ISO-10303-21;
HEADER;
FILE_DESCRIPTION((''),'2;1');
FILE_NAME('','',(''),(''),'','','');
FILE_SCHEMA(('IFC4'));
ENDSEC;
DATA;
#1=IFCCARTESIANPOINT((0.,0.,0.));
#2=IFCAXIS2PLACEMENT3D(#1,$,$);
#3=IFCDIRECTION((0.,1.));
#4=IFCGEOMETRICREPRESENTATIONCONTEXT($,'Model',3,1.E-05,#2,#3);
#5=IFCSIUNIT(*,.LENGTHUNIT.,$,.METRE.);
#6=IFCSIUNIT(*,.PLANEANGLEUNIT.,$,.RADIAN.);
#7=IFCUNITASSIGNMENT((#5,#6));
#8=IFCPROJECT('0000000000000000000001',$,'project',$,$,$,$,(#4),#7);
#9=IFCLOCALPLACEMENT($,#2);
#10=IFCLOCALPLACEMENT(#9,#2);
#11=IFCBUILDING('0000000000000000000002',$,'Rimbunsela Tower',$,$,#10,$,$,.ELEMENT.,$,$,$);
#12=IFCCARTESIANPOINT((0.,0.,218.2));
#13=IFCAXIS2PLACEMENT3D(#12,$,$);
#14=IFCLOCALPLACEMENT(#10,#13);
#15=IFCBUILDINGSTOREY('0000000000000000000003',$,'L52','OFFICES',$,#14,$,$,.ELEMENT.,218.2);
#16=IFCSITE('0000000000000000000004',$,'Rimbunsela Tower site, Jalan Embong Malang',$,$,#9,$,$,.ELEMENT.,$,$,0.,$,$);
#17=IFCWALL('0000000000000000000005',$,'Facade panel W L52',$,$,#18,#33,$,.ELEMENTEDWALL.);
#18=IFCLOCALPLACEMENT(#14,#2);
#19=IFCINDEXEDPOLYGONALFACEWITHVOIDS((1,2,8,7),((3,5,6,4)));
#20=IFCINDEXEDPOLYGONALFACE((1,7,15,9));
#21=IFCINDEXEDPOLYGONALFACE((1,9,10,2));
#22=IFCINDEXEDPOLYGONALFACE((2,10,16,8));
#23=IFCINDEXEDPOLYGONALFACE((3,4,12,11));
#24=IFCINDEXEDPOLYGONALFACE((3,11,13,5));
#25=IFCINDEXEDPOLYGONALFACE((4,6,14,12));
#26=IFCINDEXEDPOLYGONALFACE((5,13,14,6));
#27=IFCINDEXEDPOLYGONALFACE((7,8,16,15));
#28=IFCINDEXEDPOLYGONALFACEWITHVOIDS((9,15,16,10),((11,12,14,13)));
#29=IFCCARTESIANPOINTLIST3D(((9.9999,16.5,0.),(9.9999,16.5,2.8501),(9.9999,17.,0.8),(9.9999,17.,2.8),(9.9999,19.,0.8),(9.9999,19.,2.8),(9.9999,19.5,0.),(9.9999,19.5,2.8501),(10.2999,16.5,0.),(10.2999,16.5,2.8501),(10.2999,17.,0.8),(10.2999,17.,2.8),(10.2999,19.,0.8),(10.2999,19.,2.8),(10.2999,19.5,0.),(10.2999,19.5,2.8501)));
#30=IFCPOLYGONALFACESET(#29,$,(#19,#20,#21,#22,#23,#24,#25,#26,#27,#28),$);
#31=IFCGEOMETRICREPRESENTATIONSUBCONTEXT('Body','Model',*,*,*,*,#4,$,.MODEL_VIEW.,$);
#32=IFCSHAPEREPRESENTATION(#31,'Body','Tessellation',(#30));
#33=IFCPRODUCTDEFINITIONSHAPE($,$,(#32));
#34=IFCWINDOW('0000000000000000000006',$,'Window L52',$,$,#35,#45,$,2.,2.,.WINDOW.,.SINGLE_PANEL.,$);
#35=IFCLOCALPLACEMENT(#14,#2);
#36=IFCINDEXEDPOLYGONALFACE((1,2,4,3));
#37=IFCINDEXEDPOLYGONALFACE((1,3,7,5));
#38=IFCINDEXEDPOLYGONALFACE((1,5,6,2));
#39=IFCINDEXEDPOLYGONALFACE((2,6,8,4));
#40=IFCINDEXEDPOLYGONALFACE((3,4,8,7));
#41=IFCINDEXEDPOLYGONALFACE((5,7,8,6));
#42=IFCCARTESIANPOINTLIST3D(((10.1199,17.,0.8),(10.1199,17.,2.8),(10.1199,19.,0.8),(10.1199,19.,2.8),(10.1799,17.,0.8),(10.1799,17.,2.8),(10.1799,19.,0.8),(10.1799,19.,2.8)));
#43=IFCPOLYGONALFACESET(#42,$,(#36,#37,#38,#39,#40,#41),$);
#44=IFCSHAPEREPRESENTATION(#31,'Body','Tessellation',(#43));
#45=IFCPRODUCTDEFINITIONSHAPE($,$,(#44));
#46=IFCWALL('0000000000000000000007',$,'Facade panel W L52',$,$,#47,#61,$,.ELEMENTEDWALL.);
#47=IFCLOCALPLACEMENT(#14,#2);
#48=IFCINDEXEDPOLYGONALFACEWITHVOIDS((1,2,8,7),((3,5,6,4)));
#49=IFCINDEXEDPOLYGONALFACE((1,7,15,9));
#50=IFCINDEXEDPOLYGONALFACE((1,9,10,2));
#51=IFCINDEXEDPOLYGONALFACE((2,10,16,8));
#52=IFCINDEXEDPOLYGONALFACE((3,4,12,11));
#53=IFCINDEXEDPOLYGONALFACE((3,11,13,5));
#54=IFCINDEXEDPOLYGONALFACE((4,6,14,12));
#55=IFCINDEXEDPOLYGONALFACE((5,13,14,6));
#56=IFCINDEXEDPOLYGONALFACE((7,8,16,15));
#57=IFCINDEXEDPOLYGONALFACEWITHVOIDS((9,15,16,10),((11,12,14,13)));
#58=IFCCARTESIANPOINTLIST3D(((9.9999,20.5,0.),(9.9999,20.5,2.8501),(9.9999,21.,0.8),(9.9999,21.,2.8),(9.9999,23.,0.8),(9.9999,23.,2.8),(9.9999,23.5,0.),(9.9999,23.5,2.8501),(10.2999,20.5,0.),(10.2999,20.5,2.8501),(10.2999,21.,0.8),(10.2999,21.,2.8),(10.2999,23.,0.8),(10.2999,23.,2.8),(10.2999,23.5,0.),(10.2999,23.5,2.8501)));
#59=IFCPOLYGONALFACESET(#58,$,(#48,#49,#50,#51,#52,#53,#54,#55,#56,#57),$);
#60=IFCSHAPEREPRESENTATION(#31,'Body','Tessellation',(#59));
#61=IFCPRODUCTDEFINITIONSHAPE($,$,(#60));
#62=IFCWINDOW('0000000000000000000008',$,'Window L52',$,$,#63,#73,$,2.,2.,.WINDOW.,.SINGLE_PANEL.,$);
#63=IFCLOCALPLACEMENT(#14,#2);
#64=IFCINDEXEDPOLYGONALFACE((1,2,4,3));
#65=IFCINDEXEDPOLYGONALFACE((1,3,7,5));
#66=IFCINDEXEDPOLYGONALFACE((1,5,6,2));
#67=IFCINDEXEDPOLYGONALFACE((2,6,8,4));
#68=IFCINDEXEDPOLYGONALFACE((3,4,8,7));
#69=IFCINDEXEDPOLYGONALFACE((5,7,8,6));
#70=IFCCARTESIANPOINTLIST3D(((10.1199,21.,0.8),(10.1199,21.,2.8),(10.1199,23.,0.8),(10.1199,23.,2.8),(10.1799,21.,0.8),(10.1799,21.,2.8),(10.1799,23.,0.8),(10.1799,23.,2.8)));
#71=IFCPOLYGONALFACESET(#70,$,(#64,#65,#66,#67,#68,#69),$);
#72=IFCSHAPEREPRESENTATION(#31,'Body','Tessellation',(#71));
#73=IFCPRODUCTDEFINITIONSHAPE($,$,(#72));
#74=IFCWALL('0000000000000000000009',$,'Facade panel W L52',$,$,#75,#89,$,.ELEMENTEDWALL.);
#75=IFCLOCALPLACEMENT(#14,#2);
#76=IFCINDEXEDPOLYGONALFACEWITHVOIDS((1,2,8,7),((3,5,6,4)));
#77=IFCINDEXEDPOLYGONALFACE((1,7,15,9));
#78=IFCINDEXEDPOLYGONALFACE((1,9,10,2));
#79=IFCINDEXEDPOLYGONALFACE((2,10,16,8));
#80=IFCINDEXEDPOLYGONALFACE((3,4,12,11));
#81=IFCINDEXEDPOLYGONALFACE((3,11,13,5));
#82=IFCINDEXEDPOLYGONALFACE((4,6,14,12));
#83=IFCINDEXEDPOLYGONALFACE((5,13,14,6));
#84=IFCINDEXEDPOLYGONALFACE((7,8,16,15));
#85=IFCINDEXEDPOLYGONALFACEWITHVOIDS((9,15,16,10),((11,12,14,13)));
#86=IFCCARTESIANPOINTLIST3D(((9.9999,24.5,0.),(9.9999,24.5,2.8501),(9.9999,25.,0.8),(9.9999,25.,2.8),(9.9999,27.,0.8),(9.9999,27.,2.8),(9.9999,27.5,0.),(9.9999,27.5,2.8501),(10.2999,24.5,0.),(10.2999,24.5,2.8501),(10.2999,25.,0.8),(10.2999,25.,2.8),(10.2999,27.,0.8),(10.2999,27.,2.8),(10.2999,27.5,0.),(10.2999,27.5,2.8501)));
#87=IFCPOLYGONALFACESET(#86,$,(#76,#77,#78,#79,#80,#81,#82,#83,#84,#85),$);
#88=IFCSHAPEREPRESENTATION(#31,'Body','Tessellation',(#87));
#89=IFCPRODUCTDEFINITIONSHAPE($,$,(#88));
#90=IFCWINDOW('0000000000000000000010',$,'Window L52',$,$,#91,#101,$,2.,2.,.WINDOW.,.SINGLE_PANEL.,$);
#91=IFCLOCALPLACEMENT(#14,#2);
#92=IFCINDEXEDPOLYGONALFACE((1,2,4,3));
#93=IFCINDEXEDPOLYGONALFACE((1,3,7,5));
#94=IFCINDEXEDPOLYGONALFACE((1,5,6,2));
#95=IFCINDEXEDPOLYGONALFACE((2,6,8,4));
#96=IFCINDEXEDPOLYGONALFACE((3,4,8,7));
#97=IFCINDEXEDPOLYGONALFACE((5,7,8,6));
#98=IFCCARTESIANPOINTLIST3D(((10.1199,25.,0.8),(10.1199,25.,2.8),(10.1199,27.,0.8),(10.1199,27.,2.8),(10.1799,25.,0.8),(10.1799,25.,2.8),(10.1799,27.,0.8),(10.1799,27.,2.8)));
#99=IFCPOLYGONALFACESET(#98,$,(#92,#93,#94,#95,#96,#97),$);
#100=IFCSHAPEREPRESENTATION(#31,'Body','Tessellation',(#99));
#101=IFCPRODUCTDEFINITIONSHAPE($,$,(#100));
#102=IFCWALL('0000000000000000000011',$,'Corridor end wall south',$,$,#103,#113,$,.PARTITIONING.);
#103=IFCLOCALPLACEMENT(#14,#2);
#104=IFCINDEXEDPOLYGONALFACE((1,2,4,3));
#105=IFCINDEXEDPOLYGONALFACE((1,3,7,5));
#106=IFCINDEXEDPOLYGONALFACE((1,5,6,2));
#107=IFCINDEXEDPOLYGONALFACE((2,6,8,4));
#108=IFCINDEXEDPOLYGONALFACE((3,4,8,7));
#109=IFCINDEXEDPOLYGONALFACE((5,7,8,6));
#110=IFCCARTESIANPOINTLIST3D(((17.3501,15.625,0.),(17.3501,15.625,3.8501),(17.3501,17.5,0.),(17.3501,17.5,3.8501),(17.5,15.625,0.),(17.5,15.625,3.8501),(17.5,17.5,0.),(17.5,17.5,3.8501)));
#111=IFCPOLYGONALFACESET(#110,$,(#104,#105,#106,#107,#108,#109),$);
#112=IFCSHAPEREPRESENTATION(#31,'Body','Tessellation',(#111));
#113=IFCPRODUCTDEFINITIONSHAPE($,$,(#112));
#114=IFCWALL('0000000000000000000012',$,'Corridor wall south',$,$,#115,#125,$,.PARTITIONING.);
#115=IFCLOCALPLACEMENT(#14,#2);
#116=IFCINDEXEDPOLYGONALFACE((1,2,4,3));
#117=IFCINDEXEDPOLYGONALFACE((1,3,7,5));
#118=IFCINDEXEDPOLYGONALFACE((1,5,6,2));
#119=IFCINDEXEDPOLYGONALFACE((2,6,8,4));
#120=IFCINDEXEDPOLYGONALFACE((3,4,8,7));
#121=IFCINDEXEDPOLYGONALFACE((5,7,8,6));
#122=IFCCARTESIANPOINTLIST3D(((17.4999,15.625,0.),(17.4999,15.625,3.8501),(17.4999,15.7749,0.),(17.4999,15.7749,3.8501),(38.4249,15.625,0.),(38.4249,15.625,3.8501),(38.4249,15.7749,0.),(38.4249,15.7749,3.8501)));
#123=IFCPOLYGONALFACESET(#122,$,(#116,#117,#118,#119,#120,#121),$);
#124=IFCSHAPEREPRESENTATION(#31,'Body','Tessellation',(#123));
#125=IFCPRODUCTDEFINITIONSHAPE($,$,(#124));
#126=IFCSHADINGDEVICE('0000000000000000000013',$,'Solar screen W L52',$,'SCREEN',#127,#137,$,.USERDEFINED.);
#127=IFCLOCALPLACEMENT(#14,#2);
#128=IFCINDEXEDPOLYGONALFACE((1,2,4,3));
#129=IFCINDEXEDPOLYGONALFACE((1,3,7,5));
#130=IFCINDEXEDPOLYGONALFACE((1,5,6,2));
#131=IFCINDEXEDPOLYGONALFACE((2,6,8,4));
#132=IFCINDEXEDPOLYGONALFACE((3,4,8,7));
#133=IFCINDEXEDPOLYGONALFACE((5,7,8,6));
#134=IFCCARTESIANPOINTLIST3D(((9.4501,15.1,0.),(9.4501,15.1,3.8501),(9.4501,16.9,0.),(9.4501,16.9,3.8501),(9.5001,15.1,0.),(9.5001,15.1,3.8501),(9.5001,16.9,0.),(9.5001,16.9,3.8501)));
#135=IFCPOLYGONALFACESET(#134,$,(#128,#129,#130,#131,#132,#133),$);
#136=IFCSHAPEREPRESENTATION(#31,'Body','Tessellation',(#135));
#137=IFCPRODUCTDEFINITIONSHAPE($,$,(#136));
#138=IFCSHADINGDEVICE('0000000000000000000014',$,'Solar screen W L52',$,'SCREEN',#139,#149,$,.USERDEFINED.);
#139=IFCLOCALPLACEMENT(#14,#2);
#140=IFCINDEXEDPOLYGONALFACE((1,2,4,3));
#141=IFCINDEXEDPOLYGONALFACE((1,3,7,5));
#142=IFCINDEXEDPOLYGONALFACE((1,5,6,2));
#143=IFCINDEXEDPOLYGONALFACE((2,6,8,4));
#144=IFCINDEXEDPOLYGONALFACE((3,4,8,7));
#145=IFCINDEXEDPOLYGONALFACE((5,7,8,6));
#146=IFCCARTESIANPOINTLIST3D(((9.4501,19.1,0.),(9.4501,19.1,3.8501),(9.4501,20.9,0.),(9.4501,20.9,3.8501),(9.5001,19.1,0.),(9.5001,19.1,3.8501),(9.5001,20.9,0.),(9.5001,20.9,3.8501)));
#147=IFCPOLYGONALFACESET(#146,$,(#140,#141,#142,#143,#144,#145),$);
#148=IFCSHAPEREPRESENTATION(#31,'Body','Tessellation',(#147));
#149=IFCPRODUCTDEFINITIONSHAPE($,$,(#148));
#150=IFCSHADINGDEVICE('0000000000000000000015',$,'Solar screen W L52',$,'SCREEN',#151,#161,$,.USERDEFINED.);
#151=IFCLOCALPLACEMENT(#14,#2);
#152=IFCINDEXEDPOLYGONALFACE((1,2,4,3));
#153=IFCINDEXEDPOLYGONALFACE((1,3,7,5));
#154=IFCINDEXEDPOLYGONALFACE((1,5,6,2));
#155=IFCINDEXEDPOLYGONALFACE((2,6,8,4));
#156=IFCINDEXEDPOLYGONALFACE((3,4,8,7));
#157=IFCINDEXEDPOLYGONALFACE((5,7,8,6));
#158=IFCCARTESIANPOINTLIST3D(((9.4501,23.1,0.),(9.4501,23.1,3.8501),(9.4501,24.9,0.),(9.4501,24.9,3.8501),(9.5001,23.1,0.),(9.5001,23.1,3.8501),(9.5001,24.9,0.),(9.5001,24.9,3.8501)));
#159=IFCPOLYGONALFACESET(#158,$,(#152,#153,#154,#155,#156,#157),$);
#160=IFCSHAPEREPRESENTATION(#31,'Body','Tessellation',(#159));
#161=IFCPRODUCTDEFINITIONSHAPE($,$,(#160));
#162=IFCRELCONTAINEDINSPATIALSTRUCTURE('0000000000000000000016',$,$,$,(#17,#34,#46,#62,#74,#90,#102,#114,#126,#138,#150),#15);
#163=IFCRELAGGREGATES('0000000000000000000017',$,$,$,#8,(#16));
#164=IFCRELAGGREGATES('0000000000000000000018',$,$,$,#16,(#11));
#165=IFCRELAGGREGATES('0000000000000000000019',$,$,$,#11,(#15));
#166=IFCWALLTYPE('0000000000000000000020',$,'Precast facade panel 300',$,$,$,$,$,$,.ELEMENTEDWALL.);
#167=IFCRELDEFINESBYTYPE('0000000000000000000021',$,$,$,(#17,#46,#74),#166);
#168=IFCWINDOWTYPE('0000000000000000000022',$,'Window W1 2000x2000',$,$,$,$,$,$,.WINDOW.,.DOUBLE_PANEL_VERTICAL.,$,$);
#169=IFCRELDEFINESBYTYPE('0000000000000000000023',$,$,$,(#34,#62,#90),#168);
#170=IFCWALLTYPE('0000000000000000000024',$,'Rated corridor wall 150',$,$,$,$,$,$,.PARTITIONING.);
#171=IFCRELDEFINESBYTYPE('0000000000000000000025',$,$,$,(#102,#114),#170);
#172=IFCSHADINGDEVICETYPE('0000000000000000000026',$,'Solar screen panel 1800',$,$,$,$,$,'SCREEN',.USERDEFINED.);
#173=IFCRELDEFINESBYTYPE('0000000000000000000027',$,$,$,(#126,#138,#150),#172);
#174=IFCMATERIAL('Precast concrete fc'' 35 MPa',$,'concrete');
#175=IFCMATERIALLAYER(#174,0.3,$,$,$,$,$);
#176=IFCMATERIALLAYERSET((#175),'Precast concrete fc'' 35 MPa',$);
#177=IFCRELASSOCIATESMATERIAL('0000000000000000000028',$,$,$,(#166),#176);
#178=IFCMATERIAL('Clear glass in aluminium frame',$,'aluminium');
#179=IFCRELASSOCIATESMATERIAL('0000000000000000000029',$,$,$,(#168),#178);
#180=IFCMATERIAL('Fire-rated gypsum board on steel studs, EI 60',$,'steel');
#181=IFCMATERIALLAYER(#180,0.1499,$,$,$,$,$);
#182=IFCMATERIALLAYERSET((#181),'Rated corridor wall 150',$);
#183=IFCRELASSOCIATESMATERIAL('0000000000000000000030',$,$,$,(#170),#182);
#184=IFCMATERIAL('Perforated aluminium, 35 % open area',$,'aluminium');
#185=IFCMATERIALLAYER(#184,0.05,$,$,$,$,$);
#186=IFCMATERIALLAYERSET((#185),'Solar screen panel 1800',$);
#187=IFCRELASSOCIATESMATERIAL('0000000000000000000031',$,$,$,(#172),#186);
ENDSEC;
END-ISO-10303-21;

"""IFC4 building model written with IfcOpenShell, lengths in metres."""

from ifc_helpers import new_model, si_unit, direction, frame, frame_2d, origin, origin_2d, place, context, subcontext, project, spatial, rectangle, extrude, material, layer, layer_set, type_object, element, fill, save


model = new_model("IFC4")

# Units and contexts
model_context = context("Model", 3, precision=1e-05, world=origin(), true_north=direction((0.0, 1.0)))
body_context = subcontext(model_context, "Body", "Model", "MODEL_VIEW")
ifc_project = project(units=[si_unit("LENGTHUNIT", "METRE"), si_unit("PLANEANGLEUNIT", "RADIAN")], contexts=[model_context])

# Site, building, storey
site_placement = place(None, origin())
site = spatial("IfcSite", under=ifc_project, at=site_placement, Name="Rimbunsela Tower site, Jalan Embong Malang", CompositionType="ELEMENT", RefElevation=0.0)
building_placement = place(site_placement, origin())
building = spatial("IfcBuilding", under=site, at=building_placement, Name="Rimbunsela Tower", CompositionType="ELEMENT")
storey_placement = place(building_placement, frame((0.0, 0.0, 218.2)))
storey = spatial("IfcBuildingStorey", under=building, at=storey_placement, Name="L52", Description="OFFICES", CompositionType="ELEMENT", Elevation=218.2)

# Walls, openings, windows
ifc_material_1 = material(Name="Precast concrete fc' 35 MPa", Category="concrete")
ifc_layer_1 = layer(ifc_material_1, 0.3)
ifc_layer_set_1 = layer_set([ifc_layer_1], Name="Precast concrete fc' 35 MPa")
wall_type_1 = type_object("IfcWallType", Name="Precast facade panel 300", PredefinedType="ELEMENTEDWALL", material=ifc_layer_set_1)
wall_1_placement = place(storey_placement, frame((10.1499, 19.5, 0.0), z_axis=(0.0, 0.0, 1.0), x_axis=(0.0, -1.0, 0.0)))
wall_1 = element("IfcWall", 1, at=wall_1_placement, inside=storey, type_object=wall_type_1, Name="Facade panel W L52", PredefinedType="ELEMENTEDWALL", context=body_context, shape_type="SweptSolid", body=[
    extrude(rectangle(XDim=3.0, YDim=0.3, at=frame_2d((1.5, 0.0))), origin(), (0.0, 0.0, 1.0), 2.8501),
])
opening_1_placement = place(wall_1_placement, frame((0.5, 0.0, 0.8)))
opening_1 = element("IfcOpeningElement", 2, at=opening_1_placement, cuts=wall_1, PredefinedType="OPENING", context=body_context, shape_type="SweptSolid", body=[
    extrude(rectangle(XDim=2.0, YDim=2.0, at=frame_2d((1.0, 1.0))), frame((0.0, 0.1599, 0.0), z_axis=(0.0, -1.0, 0.0), x_axis=(1.0, 0.0, 0.0)), (0.0, 0.0, 1.0), 0.3201),
])
ifc_material_2 = material(Name="Clear glass in aluminium frame", Category="aluminium")
window_type = type_object("IfcWindowType", Name="Window W1 2000x2000", PartitioningType="DOUBLE_PANEL_VERTICAL", PredefinedType="WINDOW", material=ifc_material_2)
window_1_placement = place(opening_1_placement, origin())
window_1 = element("IfcWindow", 3, at=window_1_placement, inside=storey, type_object=window_type, Name="Window L52", OverallHeight=2.0, OverallWidth=2.0, PartitioningType="SINGLE_PANEL", PredefinedType="WINDOW", context=body_context, shape_type="SweptSolid", body=[
    extrude(rectangle(XDim=2.0, YDim=2.0, at=frame_2d((1.0, 1.0))), frame((0.0, 0.03, 0.0), z_axis=(0.0, -1.0, 0.0), x_axis=(1.0, 0.0, 0.0)), (0.0, 0.0, 1.0), 0.0601),
])
fill(opening_1, window_1)
wall_2_placement = place(storey_placement, frame((10.1499, 23.5, 0.0), z_axis=(0.0, 0.0, 1.0), x_axis=(0.0, -1.0, 0.0)))
wall_2 = element("IfcWall", 4, at=wall_2_placement, inside=storey, type_object=wall_type_1, Name="Facade panel W L52", PredefinedType="ELEMENTEDWALL", context=body_context, shape_type="SweptSolid", body=[
    extrude(rectangle(XDim=3.0, YDim=0.3, at=frame_2d((1.5, 0.0))), origin(), (0.0, 0.0, 1.0), 2.8501),
])
opening_2_placement = place(wall_2_placement, frame((0.5, 0.0, 0.8)))
opening_2 = element("IfcOpeningElement", 5, at=opening_2_placement, cuts=wall_2, PredefinedType="OPENING", context=body_context, shape_type="SweptSolid", body=[
    extrude(rectangle(XDim=2.0, YDim=2.0, at=frame_2d((1.0, 1.0))), frame((0.0, 0.1599, 0.0), z_axis=(0.0, -1.0, 0.0), x_axis=(1.0, 0.0, 0.0)), (0.0, 0.0, 1.0), 0.3201),
])
window_2_placement = place(opening_2_placement, origin())
window_2 = element("IfcWindow", 6, at=window_2_placement, inside=storey, type_object=window_type, Name="Window L52", OverallHeight=2.0, OverallWidth=2.0, PartitioningType="SINGLE_PANEL", PredefinedType="WINDOW", context=body_context, shape_type="SweptSolid", body=[
    extrude(rectangle(XDim=2.0, YDim=2.0, at=frame_2d((1.0, 1.0))), frame((0.0, 0.03, 0.0), z_axis=(0.0, -1.0, 0.0), x_axis=(1.0, 0.0, 0.0)), (0.0, 0.0, 1.0), 0.0601),
])
fill(opening_2, window_2)
wall_3_placement = place(storey_placement, frame((10.1499, 27.5, 0.0), z_axis=(0.0, 0.0, 1.0), x_axis=(0.0, -1.0, 0.0)))
wall_3 = element("IfcWall", 7, at=wall_3_placement, inside=storey, type_object=wall_type_1, Name="Facade panel W L52", PredefinedType="ELEMENTEDWALL", context=body_context, shape_type="SweptSolid", body=[
    extrude(rectangle(XDim=3.0, YDim=0.3, at=frame_2d((1.5, 0.0))), origin(), (0.0, 0.0, 1.0), 2.8501),
])
opening_3_placement = place(wall_3_placement, frame((0.5, 0.0, 0.8)))
opening_3 = element("IfcOpeningElement", 8, at=opening_3_placement, cuts=wall_3, PredefinedType="OPENING", context=body_context, shape_type="SweptSolid", body=[
    extrude(rectangle(XDim=2.0, YDim=2.0, at=frame_2d((1.0, 1.0))), frame((0.0, 0.1599, 0.0), z_axis=(0.0, -1.0, 0.0), x_axis=(1.0, 0.0, 0.0)), (0.0, 0.0, 1.0), 0.3201),
])
window_3_placement = place(opening_3_placement, origin())
window_3 = element("IfcWindow", 9, at=window_3_placement, inside=storey, type_object=window_type, Name="Window L52", OverallHeight=2.0, OverallWidth=2.0, PartitioningType="SINGLE_PANEL", PredefinedType="WINDOW", context=body_context, shape_type="SweptSolid", body=[
    extrude(rectangle(XDim=2.0, YDim=2.0, at=frame_2d((1.0, 1.0))), frame((0.0, 0.03, 0.0), z_axis=(0.0, -1.0, 0.0), x_axis=(1.0, 0.0, 0.0)), (0.0, 0.0, 1.0), 0.0601),
])
fill(opening_3, window_3)

# Walls
ifc_material_3 = material(Name="Fire-rated gypsum board on steel studs, EI 60", Category="steel")
ifc_layer_2 = layer(ifc_material_3, 0.1499)
ifc_layer_set_2 = layer_set([ifc_layer_2], Name="Rated corridor wall 150")
wall_type_2 = type_object("IfcWallType", Name="Rated corridor wall 150", PredefinedType="PARTITIONING", material=ifc_layer_set_2)
wall_4_placement = place(storey_placement, frame((17.425, 15.625, 0.0), z_axis=(0.0, 0.0, 1.0), x_axis=(0.0, 1.0, 0.0)))
element("IfcWall", 10, at=wall_4_placement, inside=storey, type_object=wall_type_2, Name="Corridor end wall south", PredefinedType="PARTITIONING", context=body_context, shape_type="SweptSolid", body=[
    extrude(rectangle(XDim=1.875, YDim=0.1499, at=frame_2d((0.9375, 0.0))), origin(), (0.0, 0.0, 1.0), 3.8501),
])
wall_5_placement = place(storey_placement, frame((17.5, 15.7, 0.0), z_axis=(0.0, 0.0, 1.0), x_axis=(1.0, 0.0, 0.0)))
element("IfcWall", 11, at=wall_5_placement, inside=storey, type_object=wall_type_2, Name="Corridor wall south", PredefinedType="PARTITIONING", context=body_context, shape_type="SweptSolid", body=[
    extrude(rectangle(XDim=20.925, YDim=0.1499, at=frame_2d((10.4624, 0.0))), origin(), (0.0, 0.0, 1.0), 3.8501),
])

# Shading devices
ifc_material_4 = material(Name="Perforated aluminium, 35 % open area", Category="aluminium")
ifc_layer_3 = layer(ifc_material_4, 0.05)
ifc_layer_set_3 = layer_set([ifc_layer_3], Name="Solar screen panel 1800")
shading_device_type = type_object("IfcShadingDeviceType", Name="Solar screen panel 1800", ElementType="SCREEN", PredefinedType="USERDEFINED", material=ifc_layer_set_3)
for number, where, z_axis, x_axis, name in (
    (12, (9.4751, 16.0, 0.0), (0.0, 0.0, 1.0), (0.0, 1.0, 0.0), "Solar screen W L52"),
    (13, (9.4751, 20.0, 0.0), (0.0, 0.0, 1.0), (0.0, 1.0, 0.0), "Solar screen W L52"),
    (14, (9.4751, 24.0, 0.0), (0.0, 0.0, 1.0), (0.0, 1.0, 0.0), "Solar screen W L52"),
):
    element("IfcShadingDevice", number, at=place(storey_placement, frame(where, z_axis=z_axis, x_axis=x_axis)), inside=storey, type_object=shading_device_type, Name=name, ObjectType="SCREEN", PredefinedType="USERDEFINED", context=body_context, shape_type="SweptSolid", body=[
        extrude(rectangle(XDim=1.8, YDim=0.05, at=origin_2d()), origin(), (0.0, 0.0, 1.0), 3.8501),
    ])

save(model, "model.ifc")
